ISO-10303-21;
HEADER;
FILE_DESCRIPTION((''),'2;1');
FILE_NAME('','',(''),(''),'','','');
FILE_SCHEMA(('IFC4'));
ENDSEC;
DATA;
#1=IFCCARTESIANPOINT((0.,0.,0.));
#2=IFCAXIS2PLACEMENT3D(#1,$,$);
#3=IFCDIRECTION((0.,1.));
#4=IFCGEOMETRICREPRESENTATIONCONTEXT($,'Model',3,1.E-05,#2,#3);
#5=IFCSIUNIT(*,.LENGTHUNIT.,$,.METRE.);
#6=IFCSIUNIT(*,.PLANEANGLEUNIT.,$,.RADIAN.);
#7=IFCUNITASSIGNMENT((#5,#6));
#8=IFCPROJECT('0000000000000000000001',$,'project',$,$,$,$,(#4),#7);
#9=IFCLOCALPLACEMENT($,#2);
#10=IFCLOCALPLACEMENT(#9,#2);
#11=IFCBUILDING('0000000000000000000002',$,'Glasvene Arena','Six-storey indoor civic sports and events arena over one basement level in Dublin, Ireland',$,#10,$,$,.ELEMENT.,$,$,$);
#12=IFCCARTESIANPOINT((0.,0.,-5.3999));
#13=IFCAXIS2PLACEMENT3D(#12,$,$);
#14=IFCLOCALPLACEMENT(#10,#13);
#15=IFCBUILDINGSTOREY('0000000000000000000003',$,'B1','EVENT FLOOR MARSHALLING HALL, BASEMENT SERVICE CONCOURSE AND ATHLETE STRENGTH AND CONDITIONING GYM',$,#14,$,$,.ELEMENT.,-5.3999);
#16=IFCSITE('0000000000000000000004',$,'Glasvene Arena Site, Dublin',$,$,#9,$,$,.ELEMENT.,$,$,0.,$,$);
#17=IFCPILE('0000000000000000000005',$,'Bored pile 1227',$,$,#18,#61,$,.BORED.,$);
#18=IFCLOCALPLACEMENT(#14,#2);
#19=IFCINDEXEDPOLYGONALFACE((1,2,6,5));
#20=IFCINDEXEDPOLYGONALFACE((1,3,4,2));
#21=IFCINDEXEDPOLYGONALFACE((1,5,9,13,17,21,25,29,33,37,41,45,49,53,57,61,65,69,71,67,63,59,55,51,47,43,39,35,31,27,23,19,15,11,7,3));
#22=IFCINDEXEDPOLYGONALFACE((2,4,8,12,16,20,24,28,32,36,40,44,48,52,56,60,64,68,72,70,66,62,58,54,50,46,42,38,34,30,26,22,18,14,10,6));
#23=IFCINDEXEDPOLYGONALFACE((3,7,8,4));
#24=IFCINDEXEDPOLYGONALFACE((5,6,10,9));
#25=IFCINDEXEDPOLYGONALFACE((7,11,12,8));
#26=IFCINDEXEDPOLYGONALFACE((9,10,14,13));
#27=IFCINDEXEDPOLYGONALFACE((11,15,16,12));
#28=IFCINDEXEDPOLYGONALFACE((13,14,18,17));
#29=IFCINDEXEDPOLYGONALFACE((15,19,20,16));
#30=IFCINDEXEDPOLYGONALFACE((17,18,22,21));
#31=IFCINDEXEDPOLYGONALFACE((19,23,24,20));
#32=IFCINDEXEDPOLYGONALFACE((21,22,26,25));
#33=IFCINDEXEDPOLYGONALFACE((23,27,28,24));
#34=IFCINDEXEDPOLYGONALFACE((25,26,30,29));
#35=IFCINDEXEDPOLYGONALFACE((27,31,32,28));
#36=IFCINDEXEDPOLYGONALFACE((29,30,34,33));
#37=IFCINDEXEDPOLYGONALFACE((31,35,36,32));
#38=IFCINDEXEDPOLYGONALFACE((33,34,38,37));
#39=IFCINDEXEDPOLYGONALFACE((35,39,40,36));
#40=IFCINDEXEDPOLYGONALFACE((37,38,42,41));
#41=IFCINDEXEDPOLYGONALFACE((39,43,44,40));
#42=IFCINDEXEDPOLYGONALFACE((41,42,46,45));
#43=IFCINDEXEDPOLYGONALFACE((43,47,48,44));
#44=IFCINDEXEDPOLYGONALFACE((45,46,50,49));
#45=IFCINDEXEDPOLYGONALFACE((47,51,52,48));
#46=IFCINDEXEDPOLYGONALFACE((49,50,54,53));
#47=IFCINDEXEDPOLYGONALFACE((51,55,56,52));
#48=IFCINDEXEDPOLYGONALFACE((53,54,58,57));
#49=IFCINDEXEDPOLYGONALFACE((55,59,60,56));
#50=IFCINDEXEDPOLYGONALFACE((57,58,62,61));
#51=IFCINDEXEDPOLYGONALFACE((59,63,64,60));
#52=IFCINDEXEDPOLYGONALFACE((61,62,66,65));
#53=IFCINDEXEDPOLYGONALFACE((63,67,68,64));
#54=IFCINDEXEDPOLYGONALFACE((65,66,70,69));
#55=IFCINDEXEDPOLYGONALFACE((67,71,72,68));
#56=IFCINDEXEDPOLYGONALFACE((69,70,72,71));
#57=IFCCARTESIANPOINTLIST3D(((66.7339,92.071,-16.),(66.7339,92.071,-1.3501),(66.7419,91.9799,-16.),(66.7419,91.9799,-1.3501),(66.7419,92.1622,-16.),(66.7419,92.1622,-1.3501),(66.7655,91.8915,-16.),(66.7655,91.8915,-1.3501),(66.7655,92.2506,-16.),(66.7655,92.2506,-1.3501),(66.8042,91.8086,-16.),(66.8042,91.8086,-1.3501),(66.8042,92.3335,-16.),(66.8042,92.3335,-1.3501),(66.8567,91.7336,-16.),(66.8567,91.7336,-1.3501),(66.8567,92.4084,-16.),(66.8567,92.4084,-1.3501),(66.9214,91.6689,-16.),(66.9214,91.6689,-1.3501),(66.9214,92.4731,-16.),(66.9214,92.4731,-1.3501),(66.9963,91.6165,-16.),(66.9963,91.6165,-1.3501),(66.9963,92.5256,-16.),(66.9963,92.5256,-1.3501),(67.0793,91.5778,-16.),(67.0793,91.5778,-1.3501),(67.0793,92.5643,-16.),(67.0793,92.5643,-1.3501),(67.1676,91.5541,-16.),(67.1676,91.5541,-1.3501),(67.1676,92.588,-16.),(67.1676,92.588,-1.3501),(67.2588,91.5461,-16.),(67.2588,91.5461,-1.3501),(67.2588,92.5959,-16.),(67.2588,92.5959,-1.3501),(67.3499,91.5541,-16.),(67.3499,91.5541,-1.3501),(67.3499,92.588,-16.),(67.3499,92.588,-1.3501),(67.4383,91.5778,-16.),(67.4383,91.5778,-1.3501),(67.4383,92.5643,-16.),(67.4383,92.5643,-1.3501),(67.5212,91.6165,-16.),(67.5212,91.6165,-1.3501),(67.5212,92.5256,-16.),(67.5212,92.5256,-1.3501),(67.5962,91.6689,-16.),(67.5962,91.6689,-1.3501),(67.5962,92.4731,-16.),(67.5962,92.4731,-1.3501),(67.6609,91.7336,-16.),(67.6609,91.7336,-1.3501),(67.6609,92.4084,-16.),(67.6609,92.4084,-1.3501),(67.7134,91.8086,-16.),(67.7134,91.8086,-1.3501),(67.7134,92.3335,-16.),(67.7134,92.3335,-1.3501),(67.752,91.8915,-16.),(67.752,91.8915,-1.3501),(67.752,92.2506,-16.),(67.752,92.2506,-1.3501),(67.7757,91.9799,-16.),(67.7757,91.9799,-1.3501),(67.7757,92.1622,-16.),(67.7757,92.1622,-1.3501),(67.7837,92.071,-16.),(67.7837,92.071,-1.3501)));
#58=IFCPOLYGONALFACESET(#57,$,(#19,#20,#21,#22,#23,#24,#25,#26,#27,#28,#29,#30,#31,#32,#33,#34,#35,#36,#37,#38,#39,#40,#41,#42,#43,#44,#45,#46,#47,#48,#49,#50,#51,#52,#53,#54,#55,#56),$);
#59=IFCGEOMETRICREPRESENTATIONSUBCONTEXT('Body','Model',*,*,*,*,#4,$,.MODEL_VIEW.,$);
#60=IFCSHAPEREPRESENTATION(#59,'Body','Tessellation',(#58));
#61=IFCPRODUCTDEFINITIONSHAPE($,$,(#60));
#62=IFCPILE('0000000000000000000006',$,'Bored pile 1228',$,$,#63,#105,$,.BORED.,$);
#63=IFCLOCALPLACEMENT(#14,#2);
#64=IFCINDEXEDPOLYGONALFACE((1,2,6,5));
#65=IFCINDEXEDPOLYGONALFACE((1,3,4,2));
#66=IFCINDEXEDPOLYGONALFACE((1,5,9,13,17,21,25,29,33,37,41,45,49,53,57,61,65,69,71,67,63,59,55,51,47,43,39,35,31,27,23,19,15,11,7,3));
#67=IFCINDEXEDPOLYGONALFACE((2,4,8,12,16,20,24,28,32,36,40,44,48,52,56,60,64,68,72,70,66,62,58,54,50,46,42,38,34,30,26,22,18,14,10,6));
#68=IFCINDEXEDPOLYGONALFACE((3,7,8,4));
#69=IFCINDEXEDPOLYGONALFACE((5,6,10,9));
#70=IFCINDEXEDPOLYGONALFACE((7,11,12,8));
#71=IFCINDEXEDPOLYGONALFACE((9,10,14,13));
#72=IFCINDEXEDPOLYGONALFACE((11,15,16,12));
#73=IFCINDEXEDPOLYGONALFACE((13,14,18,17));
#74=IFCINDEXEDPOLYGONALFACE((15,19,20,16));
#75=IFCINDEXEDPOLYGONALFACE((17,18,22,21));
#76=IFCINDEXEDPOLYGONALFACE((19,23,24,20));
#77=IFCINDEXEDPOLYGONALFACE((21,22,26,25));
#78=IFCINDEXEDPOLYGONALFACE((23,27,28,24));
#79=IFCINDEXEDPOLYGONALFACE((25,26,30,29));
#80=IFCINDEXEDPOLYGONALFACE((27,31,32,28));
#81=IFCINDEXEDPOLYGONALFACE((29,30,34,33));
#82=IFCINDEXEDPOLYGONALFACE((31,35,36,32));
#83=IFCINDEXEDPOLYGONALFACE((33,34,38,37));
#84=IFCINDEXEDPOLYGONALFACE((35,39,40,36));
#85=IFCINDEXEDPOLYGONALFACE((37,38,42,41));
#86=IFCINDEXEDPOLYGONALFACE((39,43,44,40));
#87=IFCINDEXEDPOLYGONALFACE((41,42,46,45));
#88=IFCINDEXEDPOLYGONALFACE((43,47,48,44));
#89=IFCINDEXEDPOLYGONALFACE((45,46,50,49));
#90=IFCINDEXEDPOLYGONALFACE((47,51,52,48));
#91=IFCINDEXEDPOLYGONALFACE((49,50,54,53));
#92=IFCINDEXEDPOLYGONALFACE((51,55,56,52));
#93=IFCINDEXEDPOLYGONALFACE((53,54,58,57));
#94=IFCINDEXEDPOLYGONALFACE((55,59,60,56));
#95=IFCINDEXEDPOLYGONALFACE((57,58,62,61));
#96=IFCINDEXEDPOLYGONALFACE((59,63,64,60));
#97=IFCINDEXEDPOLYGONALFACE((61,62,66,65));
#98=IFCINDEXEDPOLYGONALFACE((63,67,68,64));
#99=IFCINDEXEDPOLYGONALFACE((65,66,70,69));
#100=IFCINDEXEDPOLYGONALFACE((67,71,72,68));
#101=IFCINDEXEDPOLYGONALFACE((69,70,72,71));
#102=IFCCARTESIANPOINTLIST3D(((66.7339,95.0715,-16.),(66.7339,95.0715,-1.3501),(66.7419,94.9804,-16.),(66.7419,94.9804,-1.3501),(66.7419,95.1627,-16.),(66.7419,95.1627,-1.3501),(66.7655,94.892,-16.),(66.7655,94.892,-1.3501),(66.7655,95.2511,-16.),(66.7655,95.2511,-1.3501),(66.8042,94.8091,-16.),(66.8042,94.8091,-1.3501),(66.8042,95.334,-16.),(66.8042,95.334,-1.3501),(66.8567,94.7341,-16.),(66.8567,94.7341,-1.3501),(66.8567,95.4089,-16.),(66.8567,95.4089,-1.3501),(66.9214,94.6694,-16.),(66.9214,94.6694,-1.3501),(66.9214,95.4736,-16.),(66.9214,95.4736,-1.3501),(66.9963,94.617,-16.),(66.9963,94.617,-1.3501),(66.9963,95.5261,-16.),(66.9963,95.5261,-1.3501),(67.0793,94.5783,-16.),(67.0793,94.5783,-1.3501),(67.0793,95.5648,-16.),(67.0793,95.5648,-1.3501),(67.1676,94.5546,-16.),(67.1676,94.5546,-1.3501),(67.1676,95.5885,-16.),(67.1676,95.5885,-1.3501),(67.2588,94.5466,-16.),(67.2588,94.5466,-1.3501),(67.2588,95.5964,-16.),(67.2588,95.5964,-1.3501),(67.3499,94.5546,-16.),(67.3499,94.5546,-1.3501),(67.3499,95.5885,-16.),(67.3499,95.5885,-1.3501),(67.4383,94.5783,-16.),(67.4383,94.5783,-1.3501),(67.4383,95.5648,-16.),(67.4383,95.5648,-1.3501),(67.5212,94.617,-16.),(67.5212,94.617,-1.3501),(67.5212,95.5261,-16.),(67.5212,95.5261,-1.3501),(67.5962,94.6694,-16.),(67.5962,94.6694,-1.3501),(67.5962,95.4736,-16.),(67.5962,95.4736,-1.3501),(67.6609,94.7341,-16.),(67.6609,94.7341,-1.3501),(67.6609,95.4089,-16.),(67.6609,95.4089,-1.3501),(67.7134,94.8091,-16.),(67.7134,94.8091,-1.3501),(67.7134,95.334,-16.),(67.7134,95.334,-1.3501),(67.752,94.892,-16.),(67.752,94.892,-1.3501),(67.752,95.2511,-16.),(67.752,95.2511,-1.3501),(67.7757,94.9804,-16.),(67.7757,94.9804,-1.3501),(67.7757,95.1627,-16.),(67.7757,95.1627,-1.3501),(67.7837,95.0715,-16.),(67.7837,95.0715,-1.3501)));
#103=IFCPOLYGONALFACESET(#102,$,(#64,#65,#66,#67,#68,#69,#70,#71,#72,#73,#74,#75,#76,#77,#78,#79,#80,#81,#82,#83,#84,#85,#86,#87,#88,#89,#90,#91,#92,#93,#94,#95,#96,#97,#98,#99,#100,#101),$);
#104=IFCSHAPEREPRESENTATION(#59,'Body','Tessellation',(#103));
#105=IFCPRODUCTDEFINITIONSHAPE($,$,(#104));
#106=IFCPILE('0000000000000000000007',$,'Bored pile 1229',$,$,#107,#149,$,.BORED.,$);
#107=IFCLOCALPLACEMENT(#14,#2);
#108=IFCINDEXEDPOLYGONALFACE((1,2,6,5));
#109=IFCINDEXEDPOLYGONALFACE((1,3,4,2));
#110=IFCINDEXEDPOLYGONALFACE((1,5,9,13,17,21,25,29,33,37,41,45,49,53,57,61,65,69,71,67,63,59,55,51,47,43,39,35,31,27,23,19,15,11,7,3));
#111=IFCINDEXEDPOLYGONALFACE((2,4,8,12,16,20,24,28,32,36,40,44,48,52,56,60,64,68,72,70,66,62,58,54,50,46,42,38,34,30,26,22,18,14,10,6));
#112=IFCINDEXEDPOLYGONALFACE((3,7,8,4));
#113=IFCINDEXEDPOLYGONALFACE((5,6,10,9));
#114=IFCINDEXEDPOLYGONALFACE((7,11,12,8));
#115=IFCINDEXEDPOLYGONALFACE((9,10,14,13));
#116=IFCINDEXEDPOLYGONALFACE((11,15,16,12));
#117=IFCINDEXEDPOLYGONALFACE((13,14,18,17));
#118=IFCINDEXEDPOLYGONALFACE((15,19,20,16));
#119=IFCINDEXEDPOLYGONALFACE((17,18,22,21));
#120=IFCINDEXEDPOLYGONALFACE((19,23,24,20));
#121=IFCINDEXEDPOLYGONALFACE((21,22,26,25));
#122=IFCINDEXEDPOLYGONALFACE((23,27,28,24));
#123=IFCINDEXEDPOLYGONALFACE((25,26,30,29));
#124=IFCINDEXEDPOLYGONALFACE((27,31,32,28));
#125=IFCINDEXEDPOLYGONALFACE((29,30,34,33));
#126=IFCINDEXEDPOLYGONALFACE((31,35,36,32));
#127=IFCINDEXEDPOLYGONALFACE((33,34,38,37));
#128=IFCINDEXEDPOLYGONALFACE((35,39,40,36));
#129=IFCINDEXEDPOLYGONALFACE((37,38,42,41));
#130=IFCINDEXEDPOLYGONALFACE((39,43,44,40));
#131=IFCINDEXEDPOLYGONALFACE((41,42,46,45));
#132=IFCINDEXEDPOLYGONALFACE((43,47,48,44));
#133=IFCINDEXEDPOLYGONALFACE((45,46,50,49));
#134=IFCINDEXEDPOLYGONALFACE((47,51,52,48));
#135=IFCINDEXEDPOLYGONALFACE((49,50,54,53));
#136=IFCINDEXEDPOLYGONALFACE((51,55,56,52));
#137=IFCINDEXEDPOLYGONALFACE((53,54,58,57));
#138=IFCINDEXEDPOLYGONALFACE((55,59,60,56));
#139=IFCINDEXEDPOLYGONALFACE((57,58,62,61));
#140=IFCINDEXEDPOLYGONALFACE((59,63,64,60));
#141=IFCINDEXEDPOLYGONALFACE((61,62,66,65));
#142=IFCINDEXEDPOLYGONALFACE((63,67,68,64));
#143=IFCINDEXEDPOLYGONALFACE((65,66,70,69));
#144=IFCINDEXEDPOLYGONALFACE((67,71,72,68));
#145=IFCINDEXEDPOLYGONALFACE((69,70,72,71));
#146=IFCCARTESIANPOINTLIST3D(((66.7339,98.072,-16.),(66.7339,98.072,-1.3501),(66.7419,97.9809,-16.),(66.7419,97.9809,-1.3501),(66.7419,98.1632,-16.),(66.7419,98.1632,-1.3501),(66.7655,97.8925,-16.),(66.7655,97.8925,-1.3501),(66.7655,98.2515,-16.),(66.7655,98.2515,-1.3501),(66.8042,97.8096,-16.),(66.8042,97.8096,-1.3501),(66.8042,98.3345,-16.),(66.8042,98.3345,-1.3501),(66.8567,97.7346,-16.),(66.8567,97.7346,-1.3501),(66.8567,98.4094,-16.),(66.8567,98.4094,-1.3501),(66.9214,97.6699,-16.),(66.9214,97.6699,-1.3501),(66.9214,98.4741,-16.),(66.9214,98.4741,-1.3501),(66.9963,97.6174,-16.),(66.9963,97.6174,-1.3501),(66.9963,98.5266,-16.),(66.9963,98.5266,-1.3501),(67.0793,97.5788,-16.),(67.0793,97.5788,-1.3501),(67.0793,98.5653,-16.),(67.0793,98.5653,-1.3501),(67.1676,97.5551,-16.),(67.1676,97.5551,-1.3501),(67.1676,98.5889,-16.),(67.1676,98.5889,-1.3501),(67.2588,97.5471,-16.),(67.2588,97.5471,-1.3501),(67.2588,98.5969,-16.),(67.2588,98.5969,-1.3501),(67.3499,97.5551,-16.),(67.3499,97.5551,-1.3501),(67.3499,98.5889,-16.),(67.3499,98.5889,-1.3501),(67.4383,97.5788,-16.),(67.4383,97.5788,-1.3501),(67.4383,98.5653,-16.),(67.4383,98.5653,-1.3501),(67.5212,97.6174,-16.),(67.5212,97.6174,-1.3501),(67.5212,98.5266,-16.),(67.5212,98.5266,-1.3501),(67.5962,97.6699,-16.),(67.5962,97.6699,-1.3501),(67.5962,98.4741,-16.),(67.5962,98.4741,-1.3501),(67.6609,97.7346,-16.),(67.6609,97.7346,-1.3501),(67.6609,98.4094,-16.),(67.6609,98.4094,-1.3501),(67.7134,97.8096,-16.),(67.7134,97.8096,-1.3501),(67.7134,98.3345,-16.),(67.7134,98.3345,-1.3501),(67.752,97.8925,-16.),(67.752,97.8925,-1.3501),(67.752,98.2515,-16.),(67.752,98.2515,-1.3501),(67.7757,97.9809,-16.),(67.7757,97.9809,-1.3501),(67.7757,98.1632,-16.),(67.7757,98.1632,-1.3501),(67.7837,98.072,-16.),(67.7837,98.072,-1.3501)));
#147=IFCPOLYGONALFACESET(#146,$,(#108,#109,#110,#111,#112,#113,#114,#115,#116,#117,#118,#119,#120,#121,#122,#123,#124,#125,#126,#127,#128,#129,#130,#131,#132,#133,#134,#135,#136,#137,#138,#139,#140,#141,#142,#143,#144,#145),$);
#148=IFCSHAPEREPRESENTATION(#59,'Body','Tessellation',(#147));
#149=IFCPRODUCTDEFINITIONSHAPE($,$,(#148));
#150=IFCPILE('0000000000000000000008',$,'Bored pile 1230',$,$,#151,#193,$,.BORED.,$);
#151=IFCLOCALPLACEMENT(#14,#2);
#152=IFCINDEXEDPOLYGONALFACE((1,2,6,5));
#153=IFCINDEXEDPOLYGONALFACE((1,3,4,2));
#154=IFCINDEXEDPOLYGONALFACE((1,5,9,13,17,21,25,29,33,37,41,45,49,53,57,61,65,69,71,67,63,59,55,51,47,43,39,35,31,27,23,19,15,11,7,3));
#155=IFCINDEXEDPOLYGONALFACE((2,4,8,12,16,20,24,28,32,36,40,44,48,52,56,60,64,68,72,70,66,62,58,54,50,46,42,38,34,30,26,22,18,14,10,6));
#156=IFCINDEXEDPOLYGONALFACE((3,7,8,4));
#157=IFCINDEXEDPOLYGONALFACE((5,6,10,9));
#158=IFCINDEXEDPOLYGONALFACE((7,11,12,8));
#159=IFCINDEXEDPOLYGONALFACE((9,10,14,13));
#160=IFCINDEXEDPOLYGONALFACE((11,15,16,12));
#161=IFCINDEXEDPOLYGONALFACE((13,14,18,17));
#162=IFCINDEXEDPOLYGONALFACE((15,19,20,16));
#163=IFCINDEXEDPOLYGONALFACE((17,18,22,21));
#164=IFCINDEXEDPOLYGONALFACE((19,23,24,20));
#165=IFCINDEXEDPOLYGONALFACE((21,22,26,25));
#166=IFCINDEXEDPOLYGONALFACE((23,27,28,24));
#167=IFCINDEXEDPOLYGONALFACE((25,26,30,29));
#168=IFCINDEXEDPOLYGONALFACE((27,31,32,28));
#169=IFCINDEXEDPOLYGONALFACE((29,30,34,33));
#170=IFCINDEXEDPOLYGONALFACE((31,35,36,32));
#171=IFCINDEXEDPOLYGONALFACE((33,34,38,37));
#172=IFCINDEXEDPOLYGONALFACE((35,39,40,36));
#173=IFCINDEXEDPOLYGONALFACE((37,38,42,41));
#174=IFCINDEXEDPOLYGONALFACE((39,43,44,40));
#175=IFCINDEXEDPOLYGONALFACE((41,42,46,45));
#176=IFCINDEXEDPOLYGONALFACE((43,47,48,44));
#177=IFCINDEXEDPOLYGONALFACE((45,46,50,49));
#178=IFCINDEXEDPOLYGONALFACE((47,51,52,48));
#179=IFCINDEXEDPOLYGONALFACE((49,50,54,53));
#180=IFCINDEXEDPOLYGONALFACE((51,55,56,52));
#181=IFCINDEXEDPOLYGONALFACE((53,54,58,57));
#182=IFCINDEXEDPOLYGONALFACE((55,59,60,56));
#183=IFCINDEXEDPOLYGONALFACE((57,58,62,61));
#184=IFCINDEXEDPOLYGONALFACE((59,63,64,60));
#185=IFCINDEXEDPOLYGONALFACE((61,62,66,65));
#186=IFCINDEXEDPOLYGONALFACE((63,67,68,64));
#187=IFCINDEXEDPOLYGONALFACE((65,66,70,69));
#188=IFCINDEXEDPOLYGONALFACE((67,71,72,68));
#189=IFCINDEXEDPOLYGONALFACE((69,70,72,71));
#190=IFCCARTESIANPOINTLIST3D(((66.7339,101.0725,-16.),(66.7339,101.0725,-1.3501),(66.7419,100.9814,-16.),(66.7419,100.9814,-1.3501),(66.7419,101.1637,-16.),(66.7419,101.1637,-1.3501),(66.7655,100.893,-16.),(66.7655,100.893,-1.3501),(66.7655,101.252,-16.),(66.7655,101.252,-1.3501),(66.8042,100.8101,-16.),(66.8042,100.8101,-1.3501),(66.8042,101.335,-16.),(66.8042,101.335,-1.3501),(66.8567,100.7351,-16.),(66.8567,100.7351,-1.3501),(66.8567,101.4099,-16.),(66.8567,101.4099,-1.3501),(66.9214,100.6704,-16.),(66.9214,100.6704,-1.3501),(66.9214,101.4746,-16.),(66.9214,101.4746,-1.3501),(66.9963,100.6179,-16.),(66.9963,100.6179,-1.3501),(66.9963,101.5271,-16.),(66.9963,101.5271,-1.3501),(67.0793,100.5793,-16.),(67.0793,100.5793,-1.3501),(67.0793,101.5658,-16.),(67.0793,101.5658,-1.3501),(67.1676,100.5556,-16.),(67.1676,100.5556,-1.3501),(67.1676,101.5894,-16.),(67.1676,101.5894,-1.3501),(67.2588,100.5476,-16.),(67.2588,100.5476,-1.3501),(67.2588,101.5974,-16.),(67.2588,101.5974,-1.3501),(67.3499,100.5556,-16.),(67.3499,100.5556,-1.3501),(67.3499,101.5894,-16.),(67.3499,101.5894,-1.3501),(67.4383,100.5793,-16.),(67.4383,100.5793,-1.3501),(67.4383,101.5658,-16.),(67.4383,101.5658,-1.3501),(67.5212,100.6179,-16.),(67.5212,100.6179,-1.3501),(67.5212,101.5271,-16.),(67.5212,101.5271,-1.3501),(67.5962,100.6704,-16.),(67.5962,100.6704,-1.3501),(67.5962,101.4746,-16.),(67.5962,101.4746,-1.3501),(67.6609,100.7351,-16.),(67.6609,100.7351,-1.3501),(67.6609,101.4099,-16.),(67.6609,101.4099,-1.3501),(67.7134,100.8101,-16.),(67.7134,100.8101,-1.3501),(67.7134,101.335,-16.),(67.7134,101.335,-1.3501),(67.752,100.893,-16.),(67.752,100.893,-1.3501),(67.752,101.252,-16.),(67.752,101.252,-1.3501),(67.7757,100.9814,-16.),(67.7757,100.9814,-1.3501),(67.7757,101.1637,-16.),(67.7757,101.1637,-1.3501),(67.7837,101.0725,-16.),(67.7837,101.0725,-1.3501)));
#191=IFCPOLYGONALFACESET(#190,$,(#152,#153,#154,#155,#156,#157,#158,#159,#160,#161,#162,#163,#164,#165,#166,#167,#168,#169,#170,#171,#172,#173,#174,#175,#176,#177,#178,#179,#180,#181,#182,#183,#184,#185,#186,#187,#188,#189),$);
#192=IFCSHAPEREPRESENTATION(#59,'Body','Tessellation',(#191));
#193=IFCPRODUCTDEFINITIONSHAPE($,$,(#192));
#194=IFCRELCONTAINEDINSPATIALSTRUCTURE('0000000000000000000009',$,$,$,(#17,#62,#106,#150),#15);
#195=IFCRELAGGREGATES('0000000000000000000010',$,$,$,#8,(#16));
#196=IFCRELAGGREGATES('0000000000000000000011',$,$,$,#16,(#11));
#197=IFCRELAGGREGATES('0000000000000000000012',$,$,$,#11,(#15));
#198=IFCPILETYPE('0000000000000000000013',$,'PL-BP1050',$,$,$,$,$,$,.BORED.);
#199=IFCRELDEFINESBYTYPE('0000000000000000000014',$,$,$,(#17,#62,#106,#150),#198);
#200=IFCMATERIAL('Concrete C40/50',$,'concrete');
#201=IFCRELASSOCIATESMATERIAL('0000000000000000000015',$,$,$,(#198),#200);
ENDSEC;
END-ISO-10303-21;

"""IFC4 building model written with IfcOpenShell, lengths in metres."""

from ifc_helpers import new_model, si_unit, direction, frame, origin, origin_2d, place, context, subcontext, project, spatial, circle, extrude, material, material_profile, profile_set, type_object, element, save


model = new_model("IFC4")

# Units and contexts
model_context = context("Model", 3, precision=1e-05, world=origin(), true_north=direction((0.0, 1.0)))
body_context = subcontext(model_context, "Body", "Model", "MODEL_VIEW")
ifc_project = project(units=[si_unit("LENGTHUNIT", "METRE"), si_unit("PLANEANGLEUNIT", "RADIAN")], contexts=[model_context])

# Site, building, storey
site_placement = place(None, origin())
site = spatial("IfcSite", under=ifc_project, at=site_placement, Name="Glasvene Arena Site, Dublin", CompositionType="ELEMENT", RefElevation=0.0)
building_placement = place(site_placement, origin())
building = spatial("IfcBuilding", under=site, at=building_placement, Name="Glasvene Arena", Description="Six-storey indoor civic sports and events arena over one basement level in Dublin, Ireland", CompositionType="ELEMENT")
storey_placement = place(building_placement, frame((0.0, 0.0, -5.3999)))
storey = spatial("IfcBuildingStorey", under=building, at=storey_placement, Name="B1", Description="EVENT FLOOR MARSHALLING HALL, BASEMENT SERVICE CONCOURSE AND ATHLETE STRENGTH AND CONDITIONING GYM", CompositionType="ELEMENT", Elevation=-5.3999)

# Piles
ifc_material_1 = material(Name="Concrete C40/50", Category="concrete")
ifc_material_profile_1 = material_profile(ifc_material_1, circle(Radius=0.5249, at=origin_2d()), Name="BORED PILE 1050")
ifc_profile_set_1 = profile_set([ifc_material_profile_1], Name="Concrete C40/50")
pile_type = type_object("IfcPileType", Name="PL-BP1050", PredefinedType="BORED", material=ifc_profile_set_1)
for number, where, z_axis, x_axis, name in (
    (1, (67.2588, 92.071, -1.3501), (0.0, 0.0, -1.0), (1.0, 0.0, 0.0), "Bored pile 1227"),
    (2, (67.2588, 95.0715, -1.3501), (0.0, 0.0, -1.0), (1.0, 0.0, 0.0), "Bored pile 1228"),
    (3, (67.2588, 98.072, -1.3501), (0.0, 0.0, -1.0), (1.0, 0.0, 0.0), "Bored pile 1229"),
    (4, (67.2588, 101.0725, -1.3501), (0.0, 0.0, -1.0), (1.0, 0.0, 0.0), "Bored pile 1230"),
):
    element("IfcPile", number, at=place(storey_placement, frame(where, z_axis=z_axis, x_axis=x_axis)), inside=storey, type_object=pile_type, Name=name, PredefinedType="BORED", context=body_context, shape_type="SweptSolid", body=[
        extrude(circle(Radius=0.5249, at=origin_2d()), origin(), (0.0, 0.0, 1.0), 14.6499),
    ])

save(model, "model.ifc")
